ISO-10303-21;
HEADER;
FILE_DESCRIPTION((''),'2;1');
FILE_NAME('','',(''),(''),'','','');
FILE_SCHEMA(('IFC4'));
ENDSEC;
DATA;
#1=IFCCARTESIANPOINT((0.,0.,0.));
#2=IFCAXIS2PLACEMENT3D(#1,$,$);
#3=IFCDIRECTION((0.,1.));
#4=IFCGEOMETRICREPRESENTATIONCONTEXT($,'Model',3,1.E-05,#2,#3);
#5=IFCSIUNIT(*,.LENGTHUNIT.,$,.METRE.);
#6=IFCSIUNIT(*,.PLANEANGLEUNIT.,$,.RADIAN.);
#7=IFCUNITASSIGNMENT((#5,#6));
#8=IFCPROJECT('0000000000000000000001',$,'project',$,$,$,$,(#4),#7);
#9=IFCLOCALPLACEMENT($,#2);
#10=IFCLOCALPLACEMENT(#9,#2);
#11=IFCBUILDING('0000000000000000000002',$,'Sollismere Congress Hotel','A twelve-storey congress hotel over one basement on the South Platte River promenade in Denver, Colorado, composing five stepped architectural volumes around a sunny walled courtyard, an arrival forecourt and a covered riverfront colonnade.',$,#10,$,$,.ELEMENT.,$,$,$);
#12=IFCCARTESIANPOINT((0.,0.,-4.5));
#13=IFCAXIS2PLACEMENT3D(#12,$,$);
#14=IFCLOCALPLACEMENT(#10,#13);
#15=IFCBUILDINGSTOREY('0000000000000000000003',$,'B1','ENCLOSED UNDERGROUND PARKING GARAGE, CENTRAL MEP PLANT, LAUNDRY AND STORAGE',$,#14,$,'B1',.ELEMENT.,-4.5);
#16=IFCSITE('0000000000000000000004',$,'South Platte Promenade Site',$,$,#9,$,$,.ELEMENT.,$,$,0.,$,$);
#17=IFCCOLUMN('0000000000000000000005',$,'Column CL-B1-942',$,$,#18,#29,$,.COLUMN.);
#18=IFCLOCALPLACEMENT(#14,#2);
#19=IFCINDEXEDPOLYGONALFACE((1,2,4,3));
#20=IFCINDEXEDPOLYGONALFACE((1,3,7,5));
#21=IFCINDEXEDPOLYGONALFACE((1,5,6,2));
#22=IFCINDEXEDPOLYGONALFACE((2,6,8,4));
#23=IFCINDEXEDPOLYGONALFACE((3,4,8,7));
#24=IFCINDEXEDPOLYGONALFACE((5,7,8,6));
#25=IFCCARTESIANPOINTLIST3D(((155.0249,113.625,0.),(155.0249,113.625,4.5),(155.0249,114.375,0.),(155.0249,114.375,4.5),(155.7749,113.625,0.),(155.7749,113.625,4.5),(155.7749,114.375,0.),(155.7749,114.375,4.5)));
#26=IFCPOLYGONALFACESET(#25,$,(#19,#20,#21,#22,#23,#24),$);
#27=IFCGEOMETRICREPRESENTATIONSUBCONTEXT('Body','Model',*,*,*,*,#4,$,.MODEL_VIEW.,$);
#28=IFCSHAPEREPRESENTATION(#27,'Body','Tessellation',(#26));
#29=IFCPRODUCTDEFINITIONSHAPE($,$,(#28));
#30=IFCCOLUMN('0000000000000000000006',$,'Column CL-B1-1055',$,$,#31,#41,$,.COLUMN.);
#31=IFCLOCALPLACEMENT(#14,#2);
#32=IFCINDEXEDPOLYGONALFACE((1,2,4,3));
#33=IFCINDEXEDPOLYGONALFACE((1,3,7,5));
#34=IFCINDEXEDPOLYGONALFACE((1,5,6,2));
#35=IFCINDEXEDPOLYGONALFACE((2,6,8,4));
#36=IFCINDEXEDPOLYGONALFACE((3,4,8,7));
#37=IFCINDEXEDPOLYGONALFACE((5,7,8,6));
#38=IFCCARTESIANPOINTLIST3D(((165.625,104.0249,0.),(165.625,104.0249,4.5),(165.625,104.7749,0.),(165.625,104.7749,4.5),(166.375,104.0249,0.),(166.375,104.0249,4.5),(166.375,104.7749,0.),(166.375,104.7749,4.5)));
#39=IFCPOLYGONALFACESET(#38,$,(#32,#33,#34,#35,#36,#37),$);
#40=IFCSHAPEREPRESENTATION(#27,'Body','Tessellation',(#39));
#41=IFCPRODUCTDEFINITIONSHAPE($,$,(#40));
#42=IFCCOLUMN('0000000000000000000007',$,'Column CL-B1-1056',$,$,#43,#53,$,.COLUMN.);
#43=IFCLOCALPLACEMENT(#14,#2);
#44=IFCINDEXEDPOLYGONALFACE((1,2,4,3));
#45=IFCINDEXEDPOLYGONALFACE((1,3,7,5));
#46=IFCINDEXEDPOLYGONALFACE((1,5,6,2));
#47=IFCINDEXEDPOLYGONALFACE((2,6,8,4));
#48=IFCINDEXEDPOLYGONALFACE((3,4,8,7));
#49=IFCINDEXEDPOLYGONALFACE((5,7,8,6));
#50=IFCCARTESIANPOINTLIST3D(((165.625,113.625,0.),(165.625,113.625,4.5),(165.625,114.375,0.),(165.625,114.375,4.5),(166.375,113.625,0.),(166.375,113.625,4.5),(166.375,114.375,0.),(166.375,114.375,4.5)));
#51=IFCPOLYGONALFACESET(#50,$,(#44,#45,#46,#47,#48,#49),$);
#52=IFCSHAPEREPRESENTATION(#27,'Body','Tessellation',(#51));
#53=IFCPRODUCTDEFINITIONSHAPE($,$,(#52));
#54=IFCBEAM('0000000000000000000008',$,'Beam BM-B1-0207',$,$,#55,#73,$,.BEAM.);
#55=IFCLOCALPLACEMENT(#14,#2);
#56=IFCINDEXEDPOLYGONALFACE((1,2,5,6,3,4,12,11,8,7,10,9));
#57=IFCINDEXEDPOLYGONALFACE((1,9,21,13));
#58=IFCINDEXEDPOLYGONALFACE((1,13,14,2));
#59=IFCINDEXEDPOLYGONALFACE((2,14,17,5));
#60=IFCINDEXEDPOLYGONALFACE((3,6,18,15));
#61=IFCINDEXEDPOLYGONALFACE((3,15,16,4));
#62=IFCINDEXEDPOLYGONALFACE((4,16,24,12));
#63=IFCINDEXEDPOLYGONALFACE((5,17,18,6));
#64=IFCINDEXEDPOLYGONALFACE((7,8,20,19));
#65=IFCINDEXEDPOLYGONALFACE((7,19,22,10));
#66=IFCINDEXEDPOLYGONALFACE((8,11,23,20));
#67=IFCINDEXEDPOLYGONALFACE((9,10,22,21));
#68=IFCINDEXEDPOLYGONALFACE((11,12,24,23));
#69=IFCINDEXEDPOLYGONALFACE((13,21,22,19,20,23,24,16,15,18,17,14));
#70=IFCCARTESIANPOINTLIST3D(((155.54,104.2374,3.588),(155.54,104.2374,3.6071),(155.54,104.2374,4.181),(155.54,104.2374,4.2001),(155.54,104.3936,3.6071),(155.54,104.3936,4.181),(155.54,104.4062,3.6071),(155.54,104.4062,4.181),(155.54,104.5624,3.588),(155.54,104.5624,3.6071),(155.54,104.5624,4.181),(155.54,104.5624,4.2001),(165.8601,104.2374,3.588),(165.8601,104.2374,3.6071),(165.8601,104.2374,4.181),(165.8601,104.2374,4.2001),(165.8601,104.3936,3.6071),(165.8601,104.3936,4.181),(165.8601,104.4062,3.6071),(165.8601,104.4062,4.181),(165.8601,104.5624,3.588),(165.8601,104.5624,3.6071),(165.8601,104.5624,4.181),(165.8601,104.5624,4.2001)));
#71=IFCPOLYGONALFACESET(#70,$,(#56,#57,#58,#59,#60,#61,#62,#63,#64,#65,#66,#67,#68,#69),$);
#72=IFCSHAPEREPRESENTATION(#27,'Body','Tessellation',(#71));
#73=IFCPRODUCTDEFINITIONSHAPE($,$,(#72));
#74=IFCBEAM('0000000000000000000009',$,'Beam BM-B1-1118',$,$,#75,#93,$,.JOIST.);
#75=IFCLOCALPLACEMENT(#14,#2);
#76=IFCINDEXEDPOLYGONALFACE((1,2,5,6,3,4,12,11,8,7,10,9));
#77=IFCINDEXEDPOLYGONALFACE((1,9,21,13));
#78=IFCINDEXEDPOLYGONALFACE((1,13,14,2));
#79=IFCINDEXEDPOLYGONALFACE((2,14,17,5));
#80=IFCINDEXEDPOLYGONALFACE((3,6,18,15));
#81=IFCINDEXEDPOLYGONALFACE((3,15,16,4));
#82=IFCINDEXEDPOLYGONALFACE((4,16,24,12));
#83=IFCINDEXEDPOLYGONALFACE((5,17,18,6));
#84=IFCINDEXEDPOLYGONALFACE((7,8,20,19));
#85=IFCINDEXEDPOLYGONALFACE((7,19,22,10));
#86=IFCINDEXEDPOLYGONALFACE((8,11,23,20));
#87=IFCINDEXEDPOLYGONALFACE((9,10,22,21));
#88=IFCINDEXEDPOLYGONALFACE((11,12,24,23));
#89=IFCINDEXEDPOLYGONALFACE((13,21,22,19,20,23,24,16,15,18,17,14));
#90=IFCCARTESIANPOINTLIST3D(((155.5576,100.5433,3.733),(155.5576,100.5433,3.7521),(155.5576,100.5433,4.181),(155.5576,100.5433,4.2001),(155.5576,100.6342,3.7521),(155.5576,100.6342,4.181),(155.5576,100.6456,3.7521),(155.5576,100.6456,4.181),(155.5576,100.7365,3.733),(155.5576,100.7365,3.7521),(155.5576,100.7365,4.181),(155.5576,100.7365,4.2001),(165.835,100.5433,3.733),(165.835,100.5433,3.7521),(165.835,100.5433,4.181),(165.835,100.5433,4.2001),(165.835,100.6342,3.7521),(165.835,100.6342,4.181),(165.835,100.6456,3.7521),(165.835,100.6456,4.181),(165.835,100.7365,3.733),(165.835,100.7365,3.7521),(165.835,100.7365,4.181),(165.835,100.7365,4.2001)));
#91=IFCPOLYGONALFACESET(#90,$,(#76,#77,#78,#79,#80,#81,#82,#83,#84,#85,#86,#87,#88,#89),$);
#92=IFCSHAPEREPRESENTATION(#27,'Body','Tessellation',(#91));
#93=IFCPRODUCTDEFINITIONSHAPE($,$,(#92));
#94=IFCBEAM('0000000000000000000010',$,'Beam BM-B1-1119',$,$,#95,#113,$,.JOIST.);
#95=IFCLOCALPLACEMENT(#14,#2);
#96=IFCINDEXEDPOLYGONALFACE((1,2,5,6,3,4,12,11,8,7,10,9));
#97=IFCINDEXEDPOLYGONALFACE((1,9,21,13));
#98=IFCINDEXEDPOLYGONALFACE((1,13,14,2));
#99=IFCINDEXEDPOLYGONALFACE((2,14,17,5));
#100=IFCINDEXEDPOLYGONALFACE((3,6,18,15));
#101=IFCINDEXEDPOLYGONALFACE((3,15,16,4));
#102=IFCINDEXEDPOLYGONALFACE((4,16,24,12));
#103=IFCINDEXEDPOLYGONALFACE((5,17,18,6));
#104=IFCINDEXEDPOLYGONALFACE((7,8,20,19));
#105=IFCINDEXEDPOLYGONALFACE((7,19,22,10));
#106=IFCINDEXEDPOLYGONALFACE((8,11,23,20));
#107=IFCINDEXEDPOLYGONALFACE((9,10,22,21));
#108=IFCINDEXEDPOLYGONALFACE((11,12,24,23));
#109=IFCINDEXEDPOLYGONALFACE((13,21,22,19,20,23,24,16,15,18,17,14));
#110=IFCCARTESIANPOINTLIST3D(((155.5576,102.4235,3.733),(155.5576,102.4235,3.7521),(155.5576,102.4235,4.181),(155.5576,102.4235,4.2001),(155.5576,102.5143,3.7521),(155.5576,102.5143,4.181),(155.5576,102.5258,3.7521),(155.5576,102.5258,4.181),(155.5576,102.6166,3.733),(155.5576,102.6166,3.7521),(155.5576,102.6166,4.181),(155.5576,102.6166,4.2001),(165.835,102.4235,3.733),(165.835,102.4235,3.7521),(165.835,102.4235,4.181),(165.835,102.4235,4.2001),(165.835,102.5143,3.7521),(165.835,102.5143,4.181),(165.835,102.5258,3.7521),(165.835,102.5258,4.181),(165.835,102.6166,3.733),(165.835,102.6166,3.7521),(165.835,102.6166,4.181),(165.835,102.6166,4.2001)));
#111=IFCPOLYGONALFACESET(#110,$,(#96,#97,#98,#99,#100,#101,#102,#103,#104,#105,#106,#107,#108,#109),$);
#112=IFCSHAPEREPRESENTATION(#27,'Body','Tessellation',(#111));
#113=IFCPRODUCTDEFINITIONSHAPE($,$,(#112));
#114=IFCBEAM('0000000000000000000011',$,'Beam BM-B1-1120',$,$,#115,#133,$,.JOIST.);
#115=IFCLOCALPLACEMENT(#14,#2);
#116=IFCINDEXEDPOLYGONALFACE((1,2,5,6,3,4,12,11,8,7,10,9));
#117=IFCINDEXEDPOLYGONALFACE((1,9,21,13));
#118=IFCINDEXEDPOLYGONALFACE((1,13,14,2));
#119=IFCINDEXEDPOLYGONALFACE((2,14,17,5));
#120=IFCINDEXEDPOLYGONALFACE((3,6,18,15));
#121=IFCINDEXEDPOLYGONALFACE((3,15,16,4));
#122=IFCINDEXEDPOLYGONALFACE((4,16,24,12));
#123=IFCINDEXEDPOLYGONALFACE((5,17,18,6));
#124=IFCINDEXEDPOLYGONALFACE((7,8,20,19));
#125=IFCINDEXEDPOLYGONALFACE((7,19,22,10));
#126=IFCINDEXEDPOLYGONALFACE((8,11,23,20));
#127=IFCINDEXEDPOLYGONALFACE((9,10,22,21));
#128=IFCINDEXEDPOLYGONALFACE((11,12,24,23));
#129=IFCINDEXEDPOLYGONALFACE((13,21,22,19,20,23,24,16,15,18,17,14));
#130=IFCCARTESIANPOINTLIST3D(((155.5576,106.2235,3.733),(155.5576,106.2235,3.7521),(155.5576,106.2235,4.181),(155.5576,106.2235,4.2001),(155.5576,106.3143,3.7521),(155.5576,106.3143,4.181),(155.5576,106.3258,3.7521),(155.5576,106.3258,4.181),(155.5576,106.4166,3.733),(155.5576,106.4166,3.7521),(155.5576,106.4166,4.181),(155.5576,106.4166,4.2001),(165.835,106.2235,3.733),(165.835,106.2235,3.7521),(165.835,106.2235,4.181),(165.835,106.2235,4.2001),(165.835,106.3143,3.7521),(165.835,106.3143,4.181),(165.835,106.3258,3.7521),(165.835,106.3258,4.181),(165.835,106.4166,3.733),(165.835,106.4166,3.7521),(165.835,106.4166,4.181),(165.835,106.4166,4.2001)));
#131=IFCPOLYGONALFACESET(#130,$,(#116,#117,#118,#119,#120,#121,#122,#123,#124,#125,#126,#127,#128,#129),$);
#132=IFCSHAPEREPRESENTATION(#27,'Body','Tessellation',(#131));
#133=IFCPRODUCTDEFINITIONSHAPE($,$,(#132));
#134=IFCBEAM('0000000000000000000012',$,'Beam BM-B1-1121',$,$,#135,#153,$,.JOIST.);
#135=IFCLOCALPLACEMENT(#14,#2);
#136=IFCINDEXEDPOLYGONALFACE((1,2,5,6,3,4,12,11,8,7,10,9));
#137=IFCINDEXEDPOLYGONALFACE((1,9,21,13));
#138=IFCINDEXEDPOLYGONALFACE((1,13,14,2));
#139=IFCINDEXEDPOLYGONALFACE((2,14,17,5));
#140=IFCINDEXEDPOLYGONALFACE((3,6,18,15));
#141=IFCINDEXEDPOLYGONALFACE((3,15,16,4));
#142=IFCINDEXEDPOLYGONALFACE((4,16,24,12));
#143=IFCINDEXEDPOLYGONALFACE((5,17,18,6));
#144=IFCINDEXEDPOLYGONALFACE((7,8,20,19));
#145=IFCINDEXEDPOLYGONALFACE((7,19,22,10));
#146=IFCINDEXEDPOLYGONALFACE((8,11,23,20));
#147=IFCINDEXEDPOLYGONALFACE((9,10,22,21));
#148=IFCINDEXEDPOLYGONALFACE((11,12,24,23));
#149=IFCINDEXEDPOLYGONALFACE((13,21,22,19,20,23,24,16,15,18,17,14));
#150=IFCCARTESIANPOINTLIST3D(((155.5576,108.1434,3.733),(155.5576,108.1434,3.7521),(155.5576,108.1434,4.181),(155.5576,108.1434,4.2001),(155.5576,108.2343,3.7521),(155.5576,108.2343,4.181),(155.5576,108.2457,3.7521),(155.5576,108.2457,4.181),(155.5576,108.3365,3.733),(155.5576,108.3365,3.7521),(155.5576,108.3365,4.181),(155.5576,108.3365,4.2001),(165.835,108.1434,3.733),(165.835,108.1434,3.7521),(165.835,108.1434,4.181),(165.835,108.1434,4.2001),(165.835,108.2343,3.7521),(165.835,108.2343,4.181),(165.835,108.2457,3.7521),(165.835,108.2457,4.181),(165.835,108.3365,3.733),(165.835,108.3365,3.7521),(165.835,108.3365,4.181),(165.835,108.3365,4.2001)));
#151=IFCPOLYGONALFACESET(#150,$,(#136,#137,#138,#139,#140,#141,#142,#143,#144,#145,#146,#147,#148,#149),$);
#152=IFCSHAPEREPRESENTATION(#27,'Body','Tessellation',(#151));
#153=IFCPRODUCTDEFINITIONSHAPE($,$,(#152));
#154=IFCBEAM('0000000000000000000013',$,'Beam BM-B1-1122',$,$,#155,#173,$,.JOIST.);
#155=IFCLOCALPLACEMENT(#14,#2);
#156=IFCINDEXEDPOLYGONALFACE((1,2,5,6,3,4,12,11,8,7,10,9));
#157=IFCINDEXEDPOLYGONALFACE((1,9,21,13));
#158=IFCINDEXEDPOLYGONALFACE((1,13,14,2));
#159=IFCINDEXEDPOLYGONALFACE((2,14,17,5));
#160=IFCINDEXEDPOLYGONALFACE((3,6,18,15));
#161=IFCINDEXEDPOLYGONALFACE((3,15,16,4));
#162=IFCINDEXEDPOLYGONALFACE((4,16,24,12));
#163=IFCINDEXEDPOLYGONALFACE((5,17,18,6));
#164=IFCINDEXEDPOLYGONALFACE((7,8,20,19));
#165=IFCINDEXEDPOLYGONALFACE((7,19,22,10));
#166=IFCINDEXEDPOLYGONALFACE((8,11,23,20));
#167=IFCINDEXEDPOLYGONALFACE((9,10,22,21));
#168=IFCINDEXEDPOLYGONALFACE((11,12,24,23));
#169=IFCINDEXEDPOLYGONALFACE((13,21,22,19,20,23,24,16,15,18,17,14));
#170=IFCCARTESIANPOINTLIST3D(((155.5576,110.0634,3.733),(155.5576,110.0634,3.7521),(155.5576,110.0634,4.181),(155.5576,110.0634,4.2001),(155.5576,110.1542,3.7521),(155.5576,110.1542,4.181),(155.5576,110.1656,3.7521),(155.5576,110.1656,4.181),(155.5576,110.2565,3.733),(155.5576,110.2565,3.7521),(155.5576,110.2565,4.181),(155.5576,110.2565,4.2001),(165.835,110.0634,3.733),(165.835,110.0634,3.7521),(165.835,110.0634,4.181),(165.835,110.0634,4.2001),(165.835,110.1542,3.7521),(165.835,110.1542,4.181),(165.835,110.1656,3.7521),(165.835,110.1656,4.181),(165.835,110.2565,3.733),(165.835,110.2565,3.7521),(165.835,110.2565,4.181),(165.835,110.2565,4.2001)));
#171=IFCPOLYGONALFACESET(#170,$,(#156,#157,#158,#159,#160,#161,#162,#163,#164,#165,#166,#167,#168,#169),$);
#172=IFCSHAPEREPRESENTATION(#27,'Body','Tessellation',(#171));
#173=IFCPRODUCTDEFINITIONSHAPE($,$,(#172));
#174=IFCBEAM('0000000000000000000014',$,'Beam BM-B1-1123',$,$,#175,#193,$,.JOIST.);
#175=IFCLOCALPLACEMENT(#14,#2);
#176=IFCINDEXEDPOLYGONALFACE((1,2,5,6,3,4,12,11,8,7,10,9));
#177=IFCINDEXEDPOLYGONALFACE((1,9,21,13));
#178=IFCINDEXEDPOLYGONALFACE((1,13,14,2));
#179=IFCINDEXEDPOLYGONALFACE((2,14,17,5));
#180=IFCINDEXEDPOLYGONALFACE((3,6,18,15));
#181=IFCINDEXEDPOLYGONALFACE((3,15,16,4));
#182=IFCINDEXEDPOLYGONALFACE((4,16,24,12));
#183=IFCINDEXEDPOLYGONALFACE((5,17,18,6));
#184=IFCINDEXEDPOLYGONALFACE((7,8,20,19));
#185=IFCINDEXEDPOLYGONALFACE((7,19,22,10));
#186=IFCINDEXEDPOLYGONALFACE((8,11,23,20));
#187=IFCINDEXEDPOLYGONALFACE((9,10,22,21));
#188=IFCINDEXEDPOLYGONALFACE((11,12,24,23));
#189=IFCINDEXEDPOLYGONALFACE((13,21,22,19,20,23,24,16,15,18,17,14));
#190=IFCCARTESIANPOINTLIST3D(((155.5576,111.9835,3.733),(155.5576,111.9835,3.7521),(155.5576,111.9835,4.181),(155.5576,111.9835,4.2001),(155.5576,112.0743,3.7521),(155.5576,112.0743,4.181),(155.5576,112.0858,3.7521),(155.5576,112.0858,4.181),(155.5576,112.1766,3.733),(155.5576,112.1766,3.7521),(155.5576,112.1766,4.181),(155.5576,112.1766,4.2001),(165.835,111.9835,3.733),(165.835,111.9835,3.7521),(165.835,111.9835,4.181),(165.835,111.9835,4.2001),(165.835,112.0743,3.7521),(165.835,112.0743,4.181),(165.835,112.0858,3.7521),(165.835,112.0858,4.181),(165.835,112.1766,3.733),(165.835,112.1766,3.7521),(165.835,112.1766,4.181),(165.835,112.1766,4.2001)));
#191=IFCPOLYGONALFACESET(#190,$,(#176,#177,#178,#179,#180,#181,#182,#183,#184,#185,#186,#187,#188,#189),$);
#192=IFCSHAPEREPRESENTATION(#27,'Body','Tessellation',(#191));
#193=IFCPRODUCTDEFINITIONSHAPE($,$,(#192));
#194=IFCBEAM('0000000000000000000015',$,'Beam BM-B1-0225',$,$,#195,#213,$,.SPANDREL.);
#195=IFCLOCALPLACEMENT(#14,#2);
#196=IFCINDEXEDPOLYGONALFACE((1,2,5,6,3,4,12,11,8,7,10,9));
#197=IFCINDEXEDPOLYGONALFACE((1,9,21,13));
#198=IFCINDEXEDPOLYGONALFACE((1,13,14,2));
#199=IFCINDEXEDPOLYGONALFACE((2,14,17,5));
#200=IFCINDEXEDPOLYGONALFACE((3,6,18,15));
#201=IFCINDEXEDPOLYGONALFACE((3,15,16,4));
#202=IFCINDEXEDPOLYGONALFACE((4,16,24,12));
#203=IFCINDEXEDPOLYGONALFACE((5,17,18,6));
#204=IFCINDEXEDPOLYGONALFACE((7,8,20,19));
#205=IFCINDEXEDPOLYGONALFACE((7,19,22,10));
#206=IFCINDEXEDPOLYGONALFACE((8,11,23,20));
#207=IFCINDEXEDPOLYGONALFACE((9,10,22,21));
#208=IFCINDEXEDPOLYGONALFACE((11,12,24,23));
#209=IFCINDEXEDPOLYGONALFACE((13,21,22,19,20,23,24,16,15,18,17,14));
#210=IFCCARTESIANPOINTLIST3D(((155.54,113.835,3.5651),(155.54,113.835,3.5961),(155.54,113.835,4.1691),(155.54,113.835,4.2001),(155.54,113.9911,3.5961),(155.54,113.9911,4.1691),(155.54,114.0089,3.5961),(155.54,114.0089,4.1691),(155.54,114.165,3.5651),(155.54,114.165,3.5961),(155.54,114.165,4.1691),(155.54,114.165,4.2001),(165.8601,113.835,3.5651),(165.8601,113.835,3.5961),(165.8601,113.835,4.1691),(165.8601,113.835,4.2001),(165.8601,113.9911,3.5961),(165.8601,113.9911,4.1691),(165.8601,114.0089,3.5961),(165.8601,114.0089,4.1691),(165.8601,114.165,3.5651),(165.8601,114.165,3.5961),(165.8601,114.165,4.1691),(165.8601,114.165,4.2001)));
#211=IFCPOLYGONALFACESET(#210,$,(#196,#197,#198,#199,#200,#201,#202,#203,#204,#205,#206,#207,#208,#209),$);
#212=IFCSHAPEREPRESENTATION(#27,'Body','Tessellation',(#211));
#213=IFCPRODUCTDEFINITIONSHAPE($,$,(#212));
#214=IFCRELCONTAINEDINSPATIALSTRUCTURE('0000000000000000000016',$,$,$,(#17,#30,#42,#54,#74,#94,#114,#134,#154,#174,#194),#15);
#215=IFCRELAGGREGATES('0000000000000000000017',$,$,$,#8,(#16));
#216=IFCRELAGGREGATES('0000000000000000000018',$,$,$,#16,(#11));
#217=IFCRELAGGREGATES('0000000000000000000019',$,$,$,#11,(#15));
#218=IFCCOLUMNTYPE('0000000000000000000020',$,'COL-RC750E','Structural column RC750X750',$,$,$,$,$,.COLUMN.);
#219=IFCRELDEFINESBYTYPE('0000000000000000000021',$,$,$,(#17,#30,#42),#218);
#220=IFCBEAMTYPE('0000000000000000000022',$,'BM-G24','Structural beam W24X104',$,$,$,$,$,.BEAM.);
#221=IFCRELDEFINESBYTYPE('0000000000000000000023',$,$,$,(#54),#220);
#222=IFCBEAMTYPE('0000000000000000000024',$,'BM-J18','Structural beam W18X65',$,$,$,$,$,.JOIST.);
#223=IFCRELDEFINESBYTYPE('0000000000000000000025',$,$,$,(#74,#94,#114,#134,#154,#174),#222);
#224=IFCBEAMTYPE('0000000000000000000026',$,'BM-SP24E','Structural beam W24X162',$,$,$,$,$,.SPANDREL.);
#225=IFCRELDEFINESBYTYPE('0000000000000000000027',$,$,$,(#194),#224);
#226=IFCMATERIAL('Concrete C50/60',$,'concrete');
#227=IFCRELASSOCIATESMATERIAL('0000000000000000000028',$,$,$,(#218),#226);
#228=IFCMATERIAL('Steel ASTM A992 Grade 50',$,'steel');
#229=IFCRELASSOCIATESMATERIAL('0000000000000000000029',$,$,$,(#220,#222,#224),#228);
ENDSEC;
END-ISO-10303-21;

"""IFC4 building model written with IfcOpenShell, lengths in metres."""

from ifc_helpers import new_model, si_unit, direction, frame, origin, origin_2d, place, context, subcontext, project, spatial, rectangle, i_section, extrude, material, material_profile, profile_set, type_object, element, save


model = new_model("IFC4")

# Units and contexts
model_context = context("Model", 3, precision=1e-05, world=origin(), true_north=direction((0.0, 1.0)))
body_context = subcontext(model_context, "Body", "Model", "MODEL_VIEW")
ifc_project = project(units=[si_unit("LENGTHUNIT", "METRE"), si_unit("PLANEANGLEUNIT", "RADIAN")], contexts=[model_context])

# Site, building, storey
site_placement = place(None, origin())
site = spatial("IfcSite", under=ifc_project, at=site_placement, Name="South Platte Promenade Site", CompositionType="ELEMENT", RefElevation=0.0)
building_placement = place(site_placement, origin())
building = spatial("IfcBuilding", under=site, at=building_placement, Name="Sollismere Congress Hotel", Description="A twelve-storey congress hotel over one basement on the South Platte River promenade in Denver, Colorado, composing five stepped architectural volumes around a sunny walled courtyard, an arrival forecourt and a covered riverfront colonnade.", CompositionType="ELEMENT")
storey_placement = place(building_placement, frame((0.0, 0.0, -4.5)))
storey = spatial("IfcBuildingStorey", under=building, at=storey_placement, Name="B1", Description="ENCLOSED UNDERGROUND PARKING GARAGE, CENTRAL MEP PLANT, LAUNDRY AND STORAGE", LongName="B1", CompositionType="ELEMENT", Elevation=-4.5)

# Columns
ifc_material_1 = material(Name="Concrete C50/60", Category="concrete")
ifc_material_profile_1 = material_profile(ifc_material_1, rectangle(XDim=0.75, YDim=0.75, at=origin_2d()), Name="RC750X750")
ifc_profile_set_1 = profile_set([ifc_material_profile_1], Name="Concrete C50/60")
column_type = type_object("IfcColumnType", Name="COL-RC750E", Description="Structural column RC750X750", PredefinedType="COLUMN", material=ifc_profile_set_1)
for number, where, z_axis, x_axis, name in (
    (1, (155.3999, 114.0, 0.0), (0.0, 0.0, 1.0), (1.0, 0.0, 0.0), "Column CL-B1-942"),
    (2, (166.0, 104.3999, 0.0), (0.0, 0.0, 1.0), (1.0, 0.0, 0.0), "Column CL-B1-1055"),
    (3, (166.0, 114.0, 0.0), (0.0, 0.0, 1.0), (1.0, 0.0, 0.0), "Column CL-B1-1056"),
):
    element("IfcColumn", number, at=place(storey_placement, frame(where, z_axis=z_axis, x_axis=x_axis)), inside=storey, type_object=column_type, Name=name, PredefinedType="COLUMN", context=body_context, shape_type="SweptSolid", body=[
        extrude(rectangle(XDim=0.75, YDim=0.75, at=origin_2d()), origin(), (0.0, 0.0, 1.0), 4.5),
    ])

# Beams
ifc_material_2 = material(Name="Steel ASTM A992 Grade 50", Category="steel")
ifc_material_profile_2 = material_profile(ifc_material_2, i_section(OverallWidth=0.325, OverallDepth=0.6121, WebThickness=0.0127, FlangeThickness=0.019, at=origin_2d()), Name="W24X104")
ifc_profile_set_2 = profile_set([ifc_material_profile_2], Name="Steel ASTM A992 Grade 50")
beam_type_1 = type_object("IfcBeamType", Name="BM-G24", Description="Structural beam W24X104", PredefinedType="BEAM", material=ifc_profile_set_2)
beam_1_placement = place(storey_placement, frame((155.54, 104.3999, 3.894), z_axis=(1.0, 0.0, 0.0), x_axis=(0.0, 1.0, 0.0)))
element("IfcBeam", 4, at=beam_1_placement, inside=storey, type_object=beam_type_1, Name="Beam BM-B1-0207", PredefinedType="BEAM", context=body_context, shape_type="SweptSolid", body=[
    extrude(i_section(OverallWidth=0.325, OverallDepth=0.6121, WebThickness=0.0127, FlangeThickness=0.019, at=origin_2d()), origin(), (0.0, 0.0, 1.0), 10.3201),
])
ifc_material_profile_3 = material_profile(ifc_material_2, i_section(OverallWidth=0.1931, OverallDepth=0.467, WebThickness=0.0115, FlangeThickness=0.019, at=origin_2d()), Name="W18X65")
ifc_profile_set_3 = profile_set([ifc_material_profile_3], Name="Steel ASTM A992 Grade 50")
beam_type_2 = type_object("IfcBeamType", Name="BM-J18", Description="Structural beam W18X65", PredefinedType="JOIST", material=ifc_profile_set_3)
for number, where, z_axis, x_axis, name in (
    (5, (155.5576, 100.6399, 3.9666), (1.0, 0.0, 0.0), (0.0, 1.0, 0.0), "Beam BM-B1-1118"),
    (6, (155.5576, 102.52, 3.9666), (1.0, 0.0, 0.0), (0.0, 1.0, 0.0), "Beam BM-B1-1119"),
    (7, (155.5576, 106.3201, 3.9666), (1.0, 0.0, 0.0), (0.0, 1.0, 0.0), "Beam BM-B1-1120"),
    (8, (155.5576, 108.24, 3.9666), (1.0, 0.0, 0.0), (0.0, 1.0, 0.0), "Beam BM-B1-1121"),
    (9, (155.5576, 110.1599, 3.9666), (1.0, 0.0, 0.0), (0.0, 1.0, 0.0), "Beam BM-B1-1122"),
    (10, (155.5576, 112.0801, 3.9666), (1.0, 0.0, 0.0), (0.0, 1.0, 0.0), "Beam BM-B1-1123"),
):
    element("IfcBeam", number, at=place(storey_placement, frame(where, z_axis=z_axis, x_axis=x_axis)), inside=storey, type_object=beam_type_2, Name=name, PredefinedType="JOIST", context=body_context, shape_type="SweptSolid", body=[
        extrude(i_section(OverallWidth=0.1931, OverallDepth=0.467, WebThickness=0.0115, FlangeThickness=0.019, at=origin_2d()), origin(), (0.0, 0.0, 1.0), 10.2773),
    ])
ifc_material_profile_4 = material_profile(ifc_material_2, i_section(OverallWidth=0.3301, OverallDepth=0.635, WebThickness=0.0178, FlangeThickness=0.031, at=origin_2d()), Name="W24X162")
ifc_profile_set_4 = profile_set([ifc_material_profile_4], Name="Steel ASTM A992 Grade 50")
beam_type_3 = type_object("IfcBeamType", Name="BM-SP24E", Description="Structural beam W24X162", PredefinedType="SPANDREL", material=ifc_profile_set_4)
beam_2_placement = place(storey_placement, frame((155.54, 114.0, 3.8826), z_axis=(1.0, 0.0, 0.0), x_axis=(0.0, 1.0, 0.0)))
element("IfcBeam", 11, at=beam_2_placement, inside=storey, type_object=beam_type_3, Name="Beam BM-B1-0225", PredefinedType="SPANDREL", context=body_context, shape_type="SweptSolid", body=[
    extrude(i_section(OverallWidth=0.3301, OverallDepth=0.635, WebThickness=0.0178, FlangeThickness=0.031, at=origin_2d()), origin(), (0.0, 0.0, 1.0), 10.3201),
])

save(model, "model.ifc")
